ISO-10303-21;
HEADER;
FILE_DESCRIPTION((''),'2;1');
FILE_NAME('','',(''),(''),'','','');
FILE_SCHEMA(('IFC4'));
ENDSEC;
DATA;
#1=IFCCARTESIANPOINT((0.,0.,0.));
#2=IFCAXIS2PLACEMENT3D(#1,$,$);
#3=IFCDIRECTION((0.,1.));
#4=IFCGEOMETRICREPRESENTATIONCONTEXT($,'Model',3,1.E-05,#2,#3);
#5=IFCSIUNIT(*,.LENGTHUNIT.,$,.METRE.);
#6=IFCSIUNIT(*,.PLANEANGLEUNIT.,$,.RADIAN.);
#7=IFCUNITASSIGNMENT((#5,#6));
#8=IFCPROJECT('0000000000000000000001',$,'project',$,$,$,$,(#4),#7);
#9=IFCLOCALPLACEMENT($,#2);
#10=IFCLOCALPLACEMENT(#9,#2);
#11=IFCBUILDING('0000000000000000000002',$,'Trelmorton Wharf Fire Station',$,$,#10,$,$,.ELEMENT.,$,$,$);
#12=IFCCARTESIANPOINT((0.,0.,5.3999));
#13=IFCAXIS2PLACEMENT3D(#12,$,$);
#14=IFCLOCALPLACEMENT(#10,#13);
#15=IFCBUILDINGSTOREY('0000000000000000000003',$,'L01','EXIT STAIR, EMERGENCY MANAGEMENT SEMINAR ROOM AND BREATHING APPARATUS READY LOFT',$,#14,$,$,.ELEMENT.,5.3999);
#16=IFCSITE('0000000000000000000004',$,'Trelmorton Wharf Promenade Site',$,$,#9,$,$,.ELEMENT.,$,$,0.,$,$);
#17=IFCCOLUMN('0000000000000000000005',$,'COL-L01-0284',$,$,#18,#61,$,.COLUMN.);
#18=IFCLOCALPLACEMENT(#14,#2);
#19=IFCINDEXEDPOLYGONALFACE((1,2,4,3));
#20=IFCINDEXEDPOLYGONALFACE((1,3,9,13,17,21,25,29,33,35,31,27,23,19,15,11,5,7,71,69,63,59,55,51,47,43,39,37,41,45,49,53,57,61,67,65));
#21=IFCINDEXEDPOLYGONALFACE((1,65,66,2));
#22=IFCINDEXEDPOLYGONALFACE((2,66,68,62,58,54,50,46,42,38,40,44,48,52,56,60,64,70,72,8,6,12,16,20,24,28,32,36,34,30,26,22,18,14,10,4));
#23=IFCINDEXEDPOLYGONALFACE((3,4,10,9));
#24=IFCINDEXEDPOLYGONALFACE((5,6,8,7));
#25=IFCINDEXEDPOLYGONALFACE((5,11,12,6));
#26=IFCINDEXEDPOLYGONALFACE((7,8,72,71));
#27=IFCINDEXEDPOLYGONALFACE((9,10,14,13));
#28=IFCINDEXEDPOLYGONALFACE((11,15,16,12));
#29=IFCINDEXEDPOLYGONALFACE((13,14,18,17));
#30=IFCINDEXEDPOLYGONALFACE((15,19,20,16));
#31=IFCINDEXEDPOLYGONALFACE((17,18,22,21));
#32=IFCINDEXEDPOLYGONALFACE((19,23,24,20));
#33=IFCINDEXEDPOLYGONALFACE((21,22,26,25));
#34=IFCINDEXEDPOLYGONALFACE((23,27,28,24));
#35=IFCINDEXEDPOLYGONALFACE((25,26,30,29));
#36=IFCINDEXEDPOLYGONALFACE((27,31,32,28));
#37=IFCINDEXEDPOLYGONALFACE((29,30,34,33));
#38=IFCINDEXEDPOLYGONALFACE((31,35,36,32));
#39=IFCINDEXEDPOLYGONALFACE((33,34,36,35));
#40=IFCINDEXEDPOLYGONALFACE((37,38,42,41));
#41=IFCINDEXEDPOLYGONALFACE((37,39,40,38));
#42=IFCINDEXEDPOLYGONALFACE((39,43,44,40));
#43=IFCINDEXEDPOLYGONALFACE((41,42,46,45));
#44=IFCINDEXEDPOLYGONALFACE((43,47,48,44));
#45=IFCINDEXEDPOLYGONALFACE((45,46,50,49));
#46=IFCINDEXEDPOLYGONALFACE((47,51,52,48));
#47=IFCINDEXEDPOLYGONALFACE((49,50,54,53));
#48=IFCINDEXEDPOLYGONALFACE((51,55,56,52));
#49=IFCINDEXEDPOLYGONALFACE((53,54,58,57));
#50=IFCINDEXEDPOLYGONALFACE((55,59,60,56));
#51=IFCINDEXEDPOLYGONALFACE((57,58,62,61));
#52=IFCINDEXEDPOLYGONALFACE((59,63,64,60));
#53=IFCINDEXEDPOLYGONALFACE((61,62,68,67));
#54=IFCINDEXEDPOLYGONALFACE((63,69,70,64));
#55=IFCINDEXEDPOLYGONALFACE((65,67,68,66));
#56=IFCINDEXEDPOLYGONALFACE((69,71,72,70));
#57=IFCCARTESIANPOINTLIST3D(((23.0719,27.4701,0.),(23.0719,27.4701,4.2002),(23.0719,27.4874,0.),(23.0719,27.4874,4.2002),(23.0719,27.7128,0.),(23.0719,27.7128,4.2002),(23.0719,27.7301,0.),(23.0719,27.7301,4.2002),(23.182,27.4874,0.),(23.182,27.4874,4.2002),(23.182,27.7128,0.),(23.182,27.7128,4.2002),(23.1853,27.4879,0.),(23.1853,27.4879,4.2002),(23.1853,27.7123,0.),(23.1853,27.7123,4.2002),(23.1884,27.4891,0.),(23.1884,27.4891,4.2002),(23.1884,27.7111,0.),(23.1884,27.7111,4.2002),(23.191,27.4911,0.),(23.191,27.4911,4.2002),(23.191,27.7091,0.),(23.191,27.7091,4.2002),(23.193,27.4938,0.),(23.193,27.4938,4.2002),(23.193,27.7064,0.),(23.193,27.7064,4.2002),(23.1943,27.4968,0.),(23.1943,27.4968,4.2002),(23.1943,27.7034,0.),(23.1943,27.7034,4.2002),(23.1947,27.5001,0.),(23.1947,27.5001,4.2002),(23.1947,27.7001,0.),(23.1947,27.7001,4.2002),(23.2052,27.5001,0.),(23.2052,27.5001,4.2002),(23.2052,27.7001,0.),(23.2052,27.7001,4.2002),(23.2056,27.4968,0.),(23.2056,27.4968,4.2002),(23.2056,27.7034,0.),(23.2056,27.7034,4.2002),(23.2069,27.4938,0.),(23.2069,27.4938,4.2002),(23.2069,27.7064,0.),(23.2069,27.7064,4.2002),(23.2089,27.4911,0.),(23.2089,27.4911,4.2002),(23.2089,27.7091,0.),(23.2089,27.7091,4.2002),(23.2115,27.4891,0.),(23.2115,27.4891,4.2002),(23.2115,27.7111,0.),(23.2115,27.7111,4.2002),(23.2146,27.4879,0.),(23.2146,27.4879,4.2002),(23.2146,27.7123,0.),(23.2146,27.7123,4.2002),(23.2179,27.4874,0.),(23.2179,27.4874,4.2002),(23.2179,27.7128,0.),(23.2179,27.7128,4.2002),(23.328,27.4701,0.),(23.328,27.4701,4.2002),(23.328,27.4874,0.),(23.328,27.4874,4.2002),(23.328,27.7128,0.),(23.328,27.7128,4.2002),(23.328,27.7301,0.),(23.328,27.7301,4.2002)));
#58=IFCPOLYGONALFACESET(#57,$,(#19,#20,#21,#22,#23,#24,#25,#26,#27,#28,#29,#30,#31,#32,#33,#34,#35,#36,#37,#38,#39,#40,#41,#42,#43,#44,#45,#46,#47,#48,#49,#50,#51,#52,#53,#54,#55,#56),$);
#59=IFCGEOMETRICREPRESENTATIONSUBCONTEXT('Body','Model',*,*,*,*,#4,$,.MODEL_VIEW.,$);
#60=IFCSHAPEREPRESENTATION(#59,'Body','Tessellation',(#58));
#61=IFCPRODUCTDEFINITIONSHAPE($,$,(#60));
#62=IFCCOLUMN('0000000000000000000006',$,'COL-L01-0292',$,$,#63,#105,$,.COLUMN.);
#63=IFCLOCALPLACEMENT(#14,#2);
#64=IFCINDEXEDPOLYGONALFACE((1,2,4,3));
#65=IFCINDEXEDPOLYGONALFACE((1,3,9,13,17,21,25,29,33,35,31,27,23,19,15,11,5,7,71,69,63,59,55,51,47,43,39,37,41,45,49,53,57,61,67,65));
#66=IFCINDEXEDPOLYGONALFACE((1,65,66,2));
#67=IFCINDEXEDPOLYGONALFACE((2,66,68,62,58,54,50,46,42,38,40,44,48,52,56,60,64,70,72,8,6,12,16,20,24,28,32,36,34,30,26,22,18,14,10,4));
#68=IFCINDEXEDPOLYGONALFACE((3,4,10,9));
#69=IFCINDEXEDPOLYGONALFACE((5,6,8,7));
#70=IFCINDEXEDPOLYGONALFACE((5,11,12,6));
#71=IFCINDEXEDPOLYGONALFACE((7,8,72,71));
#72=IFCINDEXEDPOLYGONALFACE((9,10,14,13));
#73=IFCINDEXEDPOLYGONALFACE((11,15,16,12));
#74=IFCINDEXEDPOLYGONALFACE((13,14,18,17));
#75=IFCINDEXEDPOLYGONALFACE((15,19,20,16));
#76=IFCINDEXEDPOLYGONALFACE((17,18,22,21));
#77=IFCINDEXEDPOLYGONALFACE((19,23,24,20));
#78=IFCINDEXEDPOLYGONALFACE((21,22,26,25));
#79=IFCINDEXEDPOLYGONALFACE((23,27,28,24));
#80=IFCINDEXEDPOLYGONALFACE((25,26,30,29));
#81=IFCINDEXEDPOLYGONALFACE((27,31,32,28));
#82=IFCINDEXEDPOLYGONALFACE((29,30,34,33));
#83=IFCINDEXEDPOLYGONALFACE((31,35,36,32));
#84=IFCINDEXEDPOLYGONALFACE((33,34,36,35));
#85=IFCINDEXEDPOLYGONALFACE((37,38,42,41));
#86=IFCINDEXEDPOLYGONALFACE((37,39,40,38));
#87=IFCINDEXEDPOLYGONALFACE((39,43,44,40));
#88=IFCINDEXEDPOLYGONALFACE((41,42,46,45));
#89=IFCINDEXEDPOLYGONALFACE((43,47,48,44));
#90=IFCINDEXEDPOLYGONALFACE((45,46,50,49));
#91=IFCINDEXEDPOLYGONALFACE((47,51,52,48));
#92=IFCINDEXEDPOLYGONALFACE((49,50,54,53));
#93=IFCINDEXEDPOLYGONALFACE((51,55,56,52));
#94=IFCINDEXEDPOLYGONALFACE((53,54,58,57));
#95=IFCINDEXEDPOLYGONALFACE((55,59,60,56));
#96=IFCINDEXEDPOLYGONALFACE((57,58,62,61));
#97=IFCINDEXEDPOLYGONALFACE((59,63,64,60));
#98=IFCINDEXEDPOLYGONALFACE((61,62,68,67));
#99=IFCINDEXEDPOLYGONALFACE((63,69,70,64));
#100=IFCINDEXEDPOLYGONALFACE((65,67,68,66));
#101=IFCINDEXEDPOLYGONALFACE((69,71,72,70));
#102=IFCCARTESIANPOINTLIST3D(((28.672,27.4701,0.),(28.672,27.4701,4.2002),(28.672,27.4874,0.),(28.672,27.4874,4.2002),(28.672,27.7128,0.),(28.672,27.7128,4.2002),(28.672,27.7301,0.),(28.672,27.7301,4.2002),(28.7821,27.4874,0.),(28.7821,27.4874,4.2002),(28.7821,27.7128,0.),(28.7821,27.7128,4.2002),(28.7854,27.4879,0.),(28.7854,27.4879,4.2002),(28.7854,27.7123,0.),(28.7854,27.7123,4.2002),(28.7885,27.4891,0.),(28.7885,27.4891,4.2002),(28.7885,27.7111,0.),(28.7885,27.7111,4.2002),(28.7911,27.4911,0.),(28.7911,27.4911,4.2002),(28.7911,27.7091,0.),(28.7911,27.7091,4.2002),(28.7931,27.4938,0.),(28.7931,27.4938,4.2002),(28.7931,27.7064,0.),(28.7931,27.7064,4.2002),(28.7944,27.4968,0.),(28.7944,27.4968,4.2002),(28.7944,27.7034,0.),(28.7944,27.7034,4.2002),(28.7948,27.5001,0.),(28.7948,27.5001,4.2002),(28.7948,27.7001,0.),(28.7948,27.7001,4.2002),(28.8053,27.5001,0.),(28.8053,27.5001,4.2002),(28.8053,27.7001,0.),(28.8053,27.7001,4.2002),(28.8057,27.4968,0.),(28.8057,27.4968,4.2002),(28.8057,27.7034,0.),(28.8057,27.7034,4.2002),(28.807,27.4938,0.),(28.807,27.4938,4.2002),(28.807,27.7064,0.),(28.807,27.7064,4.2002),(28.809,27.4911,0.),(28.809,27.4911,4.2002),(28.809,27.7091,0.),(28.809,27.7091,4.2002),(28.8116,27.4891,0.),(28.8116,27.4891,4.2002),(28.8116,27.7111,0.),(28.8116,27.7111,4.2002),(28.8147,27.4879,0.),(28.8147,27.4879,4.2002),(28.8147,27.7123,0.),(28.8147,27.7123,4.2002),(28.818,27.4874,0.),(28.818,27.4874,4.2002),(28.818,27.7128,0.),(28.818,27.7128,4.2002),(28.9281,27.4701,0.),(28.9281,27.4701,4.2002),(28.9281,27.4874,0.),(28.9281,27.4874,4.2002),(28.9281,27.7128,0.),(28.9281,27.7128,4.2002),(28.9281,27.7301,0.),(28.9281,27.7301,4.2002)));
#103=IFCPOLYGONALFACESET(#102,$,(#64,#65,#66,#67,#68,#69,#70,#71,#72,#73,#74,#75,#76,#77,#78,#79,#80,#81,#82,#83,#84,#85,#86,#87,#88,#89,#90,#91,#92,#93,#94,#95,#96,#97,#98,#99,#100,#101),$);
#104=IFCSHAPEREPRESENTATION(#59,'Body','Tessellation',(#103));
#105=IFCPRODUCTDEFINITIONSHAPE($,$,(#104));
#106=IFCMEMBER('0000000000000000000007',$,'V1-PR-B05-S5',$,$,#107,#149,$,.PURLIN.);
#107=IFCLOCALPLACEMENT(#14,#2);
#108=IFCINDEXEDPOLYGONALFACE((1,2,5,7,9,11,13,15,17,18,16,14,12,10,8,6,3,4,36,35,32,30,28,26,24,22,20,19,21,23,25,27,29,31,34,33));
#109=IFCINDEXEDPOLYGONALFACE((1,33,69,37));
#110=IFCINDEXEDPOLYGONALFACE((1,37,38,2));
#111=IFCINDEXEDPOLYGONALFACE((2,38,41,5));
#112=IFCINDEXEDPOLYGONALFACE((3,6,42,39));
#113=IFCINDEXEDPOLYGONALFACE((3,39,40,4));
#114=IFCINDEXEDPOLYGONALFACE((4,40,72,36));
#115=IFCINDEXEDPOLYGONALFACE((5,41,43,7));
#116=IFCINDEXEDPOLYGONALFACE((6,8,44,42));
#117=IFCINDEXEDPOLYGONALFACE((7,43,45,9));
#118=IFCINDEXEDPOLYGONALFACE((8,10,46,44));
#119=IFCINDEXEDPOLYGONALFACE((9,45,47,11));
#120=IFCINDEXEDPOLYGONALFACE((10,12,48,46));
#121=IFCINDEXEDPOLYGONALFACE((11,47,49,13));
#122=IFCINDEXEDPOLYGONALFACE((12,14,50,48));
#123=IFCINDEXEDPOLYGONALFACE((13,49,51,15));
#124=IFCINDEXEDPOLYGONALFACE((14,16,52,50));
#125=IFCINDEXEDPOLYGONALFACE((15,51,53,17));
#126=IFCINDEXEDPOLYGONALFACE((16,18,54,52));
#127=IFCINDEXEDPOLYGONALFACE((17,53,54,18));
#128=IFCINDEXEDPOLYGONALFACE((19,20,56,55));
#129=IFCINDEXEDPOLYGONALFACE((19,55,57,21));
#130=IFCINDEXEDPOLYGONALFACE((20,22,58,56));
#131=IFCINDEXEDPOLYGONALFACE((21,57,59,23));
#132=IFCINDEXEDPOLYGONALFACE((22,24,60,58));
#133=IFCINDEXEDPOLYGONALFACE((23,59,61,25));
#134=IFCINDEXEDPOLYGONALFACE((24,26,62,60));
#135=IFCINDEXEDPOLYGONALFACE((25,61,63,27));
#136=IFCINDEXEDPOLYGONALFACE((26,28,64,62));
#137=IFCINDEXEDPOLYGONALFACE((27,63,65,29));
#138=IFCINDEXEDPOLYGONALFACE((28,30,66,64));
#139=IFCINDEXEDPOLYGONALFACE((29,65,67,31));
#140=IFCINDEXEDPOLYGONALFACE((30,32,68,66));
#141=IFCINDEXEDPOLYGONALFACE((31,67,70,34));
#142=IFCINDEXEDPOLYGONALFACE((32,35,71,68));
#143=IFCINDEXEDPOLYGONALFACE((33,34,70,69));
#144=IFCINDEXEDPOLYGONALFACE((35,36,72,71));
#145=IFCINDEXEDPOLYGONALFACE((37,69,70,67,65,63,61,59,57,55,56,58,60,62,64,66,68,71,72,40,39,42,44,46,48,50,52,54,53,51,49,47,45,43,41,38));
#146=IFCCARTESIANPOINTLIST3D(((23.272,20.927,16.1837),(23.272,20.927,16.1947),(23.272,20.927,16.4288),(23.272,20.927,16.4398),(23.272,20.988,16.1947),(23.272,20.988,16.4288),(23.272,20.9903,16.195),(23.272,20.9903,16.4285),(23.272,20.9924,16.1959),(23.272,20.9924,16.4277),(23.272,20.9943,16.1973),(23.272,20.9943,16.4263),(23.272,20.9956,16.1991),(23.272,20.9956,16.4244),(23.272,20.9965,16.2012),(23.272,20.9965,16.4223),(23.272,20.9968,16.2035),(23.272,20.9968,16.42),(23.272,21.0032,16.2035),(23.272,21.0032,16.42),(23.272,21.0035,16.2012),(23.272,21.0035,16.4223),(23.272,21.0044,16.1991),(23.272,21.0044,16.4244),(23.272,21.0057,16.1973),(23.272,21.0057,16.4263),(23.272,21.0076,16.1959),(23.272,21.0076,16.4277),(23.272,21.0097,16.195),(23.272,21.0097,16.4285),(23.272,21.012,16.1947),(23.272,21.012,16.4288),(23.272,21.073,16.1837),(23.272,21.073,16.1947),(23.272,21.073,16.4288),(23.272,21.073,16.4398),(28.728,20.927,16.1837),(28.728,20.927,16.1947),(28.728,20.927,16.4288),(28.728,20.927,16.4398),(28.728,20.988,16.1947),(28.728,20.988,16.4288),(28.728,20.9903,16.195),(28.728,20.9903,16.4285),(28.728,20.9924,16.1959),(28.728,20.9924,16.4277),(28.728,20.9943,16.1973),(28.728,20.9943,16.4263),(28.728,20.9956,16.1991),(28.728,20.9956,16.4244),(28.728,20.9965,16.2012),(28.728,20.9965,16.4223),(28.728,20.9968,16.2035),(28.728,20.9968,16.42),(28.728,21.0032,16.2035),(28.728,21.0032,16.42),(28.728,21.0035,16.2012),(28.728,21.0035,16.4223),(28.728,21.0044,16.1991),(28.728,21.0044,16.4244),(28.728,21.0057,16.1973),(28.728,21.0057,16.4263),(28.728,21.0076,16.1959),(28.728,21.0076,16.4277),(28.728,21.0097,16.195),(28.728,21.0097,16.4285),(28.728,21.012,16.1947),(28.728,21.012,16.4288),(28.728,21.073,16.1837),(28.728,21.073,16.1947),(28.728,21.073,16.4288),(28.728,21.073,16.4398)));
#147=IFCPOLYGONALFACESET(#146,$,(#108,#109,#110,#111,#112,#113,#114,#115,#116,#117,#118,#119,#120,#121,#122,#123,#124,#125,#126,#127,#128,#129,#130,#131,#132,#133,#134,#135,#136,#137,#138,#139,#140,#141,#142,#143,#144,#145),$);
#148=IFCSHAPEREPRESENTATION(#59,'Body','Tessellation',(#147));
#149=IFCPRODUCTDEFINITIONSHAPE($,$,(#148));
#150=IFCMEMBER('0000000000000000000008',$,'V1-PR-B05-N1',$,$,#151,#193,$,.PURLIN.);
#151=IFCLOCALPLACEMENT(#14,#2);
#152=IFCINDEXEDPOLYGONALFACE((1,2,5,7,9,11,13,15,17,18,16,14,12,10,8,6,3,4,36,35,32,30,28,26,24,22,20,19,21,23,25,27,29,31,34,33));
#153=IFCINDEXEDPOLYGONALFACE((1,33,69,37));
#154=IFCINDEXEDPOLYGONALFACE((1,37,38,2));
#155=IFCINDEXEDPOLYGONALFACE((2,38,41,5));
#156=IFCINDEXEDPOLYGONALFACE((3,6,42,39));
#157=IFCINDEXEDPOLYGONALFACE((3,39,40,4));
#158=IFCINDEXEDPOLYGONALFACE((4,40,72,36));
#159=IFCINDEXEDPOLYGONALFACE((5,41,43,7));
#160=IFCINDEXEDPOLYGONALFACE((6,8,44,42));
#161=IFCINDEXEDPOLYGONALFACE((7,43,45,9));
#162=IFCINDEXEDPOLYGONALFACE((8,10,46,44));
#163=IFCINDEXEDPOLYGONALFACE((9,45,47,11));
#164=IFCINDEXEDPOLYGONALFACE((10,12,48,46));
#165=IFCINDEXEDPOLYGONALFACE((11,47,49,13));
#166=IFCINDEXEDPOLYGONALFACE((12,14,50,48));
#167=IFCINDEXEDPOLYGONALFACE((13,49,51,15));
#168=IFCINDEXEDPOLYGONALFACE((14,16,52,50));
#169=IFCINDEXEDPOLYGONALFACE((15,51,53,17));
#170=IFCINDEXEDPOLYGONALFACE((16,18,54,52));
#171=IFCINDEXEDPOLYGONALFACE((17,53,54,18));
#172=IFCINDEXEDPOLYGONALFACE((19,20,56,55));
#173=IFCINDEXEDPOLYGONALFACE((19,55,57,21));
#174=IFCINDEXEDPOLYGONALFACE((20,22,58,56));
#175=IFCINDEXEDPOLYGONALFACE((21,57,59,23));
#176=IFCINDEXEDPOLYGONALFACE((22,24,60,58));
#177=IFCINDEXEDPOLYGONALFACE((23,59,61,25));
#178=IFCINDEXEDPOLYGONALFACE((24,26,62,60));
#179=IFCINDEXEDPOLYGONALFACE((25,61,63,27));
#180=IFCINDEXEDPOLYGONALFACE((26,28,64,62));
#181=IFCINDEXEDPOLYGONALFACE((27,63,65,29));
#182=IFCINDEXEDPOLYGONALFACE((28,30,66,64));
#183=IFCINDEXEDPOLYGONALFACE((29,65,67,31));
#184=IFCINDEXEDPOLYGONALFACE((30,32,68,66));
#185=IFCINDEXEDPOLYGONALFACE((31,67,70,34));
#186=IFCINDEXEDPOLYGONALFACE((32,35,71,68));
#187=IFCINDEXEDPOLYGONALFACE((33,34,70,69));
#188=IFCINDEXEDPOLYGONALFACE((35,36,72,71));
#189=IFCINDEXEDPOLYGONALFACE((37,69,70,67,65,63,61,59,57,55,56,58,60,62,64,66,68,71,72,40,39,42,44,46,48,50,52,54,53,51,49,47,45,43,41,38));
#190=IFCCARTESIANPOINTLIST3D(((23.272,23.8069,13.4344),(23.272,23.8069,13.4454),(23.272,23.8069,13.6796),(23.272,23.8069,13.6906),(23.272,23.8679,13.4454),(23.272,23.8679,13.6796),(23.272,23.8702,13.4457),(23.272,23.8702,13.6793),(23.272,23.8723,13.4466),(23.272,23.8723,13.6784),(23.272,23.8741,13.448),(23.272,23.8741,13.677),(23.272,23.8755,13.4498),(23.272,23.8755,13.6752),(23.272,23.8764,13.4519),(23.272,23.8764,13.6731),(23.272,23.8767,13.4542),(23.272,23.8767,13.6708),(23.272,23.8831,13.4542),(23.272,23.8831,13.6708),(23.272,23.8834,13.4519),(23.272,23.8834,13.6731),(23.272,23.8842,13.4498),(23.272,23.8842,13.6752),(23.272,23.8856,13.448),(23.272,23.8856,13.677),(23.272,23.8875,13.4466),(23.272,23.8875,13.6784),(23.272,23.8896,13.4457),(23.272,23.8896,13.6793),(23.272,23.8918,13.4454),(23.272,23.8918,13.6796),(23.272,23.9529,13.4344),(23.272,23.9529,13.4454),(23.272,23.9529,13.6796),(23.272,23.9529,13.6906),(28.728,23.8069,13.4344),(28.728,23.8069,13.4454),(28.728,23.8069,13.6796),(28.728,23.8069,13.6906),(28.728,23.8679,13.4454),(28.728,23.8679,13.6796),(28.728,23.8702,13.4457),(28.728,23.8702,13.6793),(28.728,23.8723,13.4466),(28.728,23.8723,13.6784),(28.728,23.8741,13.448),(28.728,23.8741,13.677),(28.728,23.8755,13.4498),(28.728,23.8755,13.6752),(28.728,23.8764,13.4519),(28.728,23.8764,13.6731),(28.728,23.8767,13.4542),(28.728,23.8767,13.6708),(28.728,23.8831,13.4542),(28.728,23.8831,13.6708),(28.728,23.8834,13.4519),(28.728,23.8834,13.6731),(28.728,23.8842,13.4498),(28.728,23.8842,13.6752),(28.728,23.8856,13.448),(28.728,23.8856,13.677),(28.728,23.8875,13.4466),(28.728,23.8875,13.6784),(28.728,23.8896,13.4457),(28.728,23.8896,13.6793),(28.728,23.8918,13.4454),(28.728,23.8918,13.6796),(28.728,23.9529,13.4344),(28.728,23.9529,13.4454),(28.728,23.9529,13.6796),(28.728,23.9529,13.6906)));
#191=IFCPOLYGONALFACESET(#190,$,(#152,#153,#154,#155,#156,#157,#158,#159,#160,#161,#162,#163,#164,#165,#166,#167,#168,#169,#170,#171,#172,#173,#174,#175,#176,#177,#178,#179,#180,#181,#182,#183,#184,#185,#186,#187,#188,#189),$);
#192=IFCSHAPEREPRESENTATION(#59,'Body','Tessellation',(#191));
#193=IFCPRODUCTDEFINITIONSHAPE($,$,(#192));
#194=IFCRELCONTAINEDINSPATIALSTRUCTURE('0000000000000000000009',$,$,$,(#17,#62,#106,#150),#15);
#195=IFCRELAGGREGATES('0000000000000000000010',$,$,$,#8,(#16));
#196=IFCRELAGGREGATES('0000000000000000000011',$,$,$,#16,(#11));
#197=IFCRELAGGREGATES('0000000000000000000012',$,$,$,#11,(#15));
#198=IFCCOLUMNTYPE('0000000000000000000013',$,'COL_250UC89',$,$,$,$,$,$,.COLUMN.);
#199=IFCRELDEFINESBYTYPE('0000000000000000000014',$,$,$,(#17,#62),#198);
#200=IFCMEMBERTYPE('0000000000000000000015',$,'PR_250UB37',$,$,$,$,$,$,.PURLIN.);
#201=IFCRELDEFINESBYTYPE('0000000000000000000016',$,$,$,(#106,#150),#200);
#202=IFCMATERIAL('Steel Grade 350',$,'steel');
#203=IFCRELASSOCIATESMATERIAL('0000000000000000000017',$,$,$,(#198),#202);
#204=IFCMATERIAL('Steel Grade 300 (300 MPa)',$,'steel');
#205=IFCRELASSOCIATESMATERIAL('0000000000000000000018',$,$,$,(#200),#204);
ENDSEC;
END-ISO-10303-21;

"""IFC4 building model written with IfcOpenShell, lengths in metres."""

from ifc_helpers import new_model, si_unit, direction, frame, origin, origin_2d, place, context, subcontext, project, spatial, i_section, extrude, material, material_profile, profile_set, type_object, element, save


model = new_model("IFC4")

# Units and contexts
model_context = context("Model", 3, precision=1e-05, world=origin(), true_north=direction((0.0, 1.0)))
body_context = subcontext(model_context, "Body", "Model", "MODEL_VIEW")
ifc_project = project(units=[si_unit("LENGTHUNIT", "METRE"), si_unit("PLANEANGLEUNIT", "RADIAN")], contexts=[model_context])

# Site, building, storey
site_placement = place(None, origin())
site = spatial("IfcSite", under=ifc_project, at=site_placement, Name="Trelmorton Wharf Promenade Site", CompositionType="ELEMENT", RefElevation=0.0)
building_placement = place(site_placement, origin())
building = spatial("IfcBuilding", under=site, at=building_placement, Name="Trelmorton Wharf Fire Station", CompositionType="ELEMENT")
storey_placement = place(building_placement, frame((0.0, 0.0, 5.3999)))
storey = spatial("IfcBuildingStorey", under=building, at=storey_placement, Name="L01", Description="EXIT STAIR, EMERGENCY MANAGEMENT SEMINAR ROOM AND BREATHING APPARATUS READY LOFT", CompositionType="ELEMENT", Elevation=5.3999)

# Columns
ifc_material_1 = material(Name="Steel Grade 350", Category="steel")
ifc_material_profile_1 = material_profile(ifc_material_1, i_section(OverallWidth=0.2561, OverallDepth=0.26, WebThickness=0.0105, FlangeThickness=0.0173, FilletRadius=0.0127, at=origin_2d()), Name="250UC89.5")
ifc_profile_set_1 = profile_set([ifc_material_profile_1], Name="Steel Grade 350")
column_type = type_object("IfcColumnType", Name="COL_250UC89", PredefinedType="COLUMN", material=ifc_profile_set_1)
for number, where, z_axis, x_axis, name in (
    (1, (23.2, 27.6001, 0.0), (0.0, 0.0, 1.0), (1.0, 0.0, 0.0), "COL-L01-0284"),
    (2, (28.8, 27.6001, 0.0), (0.0, 0.0, 1.0), (1.0, 0.0, 0.0), "COL-L01-0292"),
):
    element("IfcColumn", number, at=place(storey_placement, frame(where, z_axis=z_axis, x_axis=x_axis)), inside=storey, type_object=column_type, Name=name, PredefinedType="COLUMN", context=body_context, shape_type="SweptSolid", body=[
        extrude(i_section(OverallWidth=0.2561, OverallDepth=0.26, WebThickness=0.0105, FlangeThickness=0.0173, FilletRadius=0.0127, at=origin_2d()), origin(), (0.0, 0.0, 1.0), 4.2002),
    ])

# Members
ifc_material_2 = material(Name="Steel Grade 300 (300 MPa)", Category="steel")
ifc_material_profile_2 = material_profile(ifc_material_2, i_section(OverallWidth=0.146, OverallDepth=0.2561, WebThickness=0.0063, FlangeThickness=0.011, FilletRadius=0.0088, at=origin_2d()), Name="250UB37.3")
ifc_profile_set_2 = profile_set([ifc_material_profile_2], Name="Steel Grade 300 (300 MPa)")
member_type_1 = type_object("IfcMemberType", Name="PR_250UB37", PredefinedType="PURLIN", material=ifc_profile_set_2)
for number, where, z_axis, x_axis, name in (
    (3, (23.272, 21.0, 16.3118), (1.0, 0.0, 0.0), (0.0, 1.0, 0.0), "V1-PR-B05-S5"),
    (4, (23.272, 23.8799, 13.5625), (1.0, 0.0, 0.0), (0.0, 1.0, 0.0), "V1-PR-B05-N1"),
):
    element("IfcMember", number, at=place(storey_placement, frame(where, z_axis=z_axis, x_axis=x_axis)), inside=storey, type_object=member_type_1, Name=name, PredefinedType="PURLIN", context=body_context, shape_type="SweptSolid", body=[
        extrude(i_section(OverallWidth=0.146, OverallDepth=0.2561, WebThickness=0.0063, FlangeThickness=0.011, FilletRadius=0.0088, at=origin_2d()), origin(), (0.0, 0.0, 1.0), 5.4561),
    ])

save(model, "model.ifc")
